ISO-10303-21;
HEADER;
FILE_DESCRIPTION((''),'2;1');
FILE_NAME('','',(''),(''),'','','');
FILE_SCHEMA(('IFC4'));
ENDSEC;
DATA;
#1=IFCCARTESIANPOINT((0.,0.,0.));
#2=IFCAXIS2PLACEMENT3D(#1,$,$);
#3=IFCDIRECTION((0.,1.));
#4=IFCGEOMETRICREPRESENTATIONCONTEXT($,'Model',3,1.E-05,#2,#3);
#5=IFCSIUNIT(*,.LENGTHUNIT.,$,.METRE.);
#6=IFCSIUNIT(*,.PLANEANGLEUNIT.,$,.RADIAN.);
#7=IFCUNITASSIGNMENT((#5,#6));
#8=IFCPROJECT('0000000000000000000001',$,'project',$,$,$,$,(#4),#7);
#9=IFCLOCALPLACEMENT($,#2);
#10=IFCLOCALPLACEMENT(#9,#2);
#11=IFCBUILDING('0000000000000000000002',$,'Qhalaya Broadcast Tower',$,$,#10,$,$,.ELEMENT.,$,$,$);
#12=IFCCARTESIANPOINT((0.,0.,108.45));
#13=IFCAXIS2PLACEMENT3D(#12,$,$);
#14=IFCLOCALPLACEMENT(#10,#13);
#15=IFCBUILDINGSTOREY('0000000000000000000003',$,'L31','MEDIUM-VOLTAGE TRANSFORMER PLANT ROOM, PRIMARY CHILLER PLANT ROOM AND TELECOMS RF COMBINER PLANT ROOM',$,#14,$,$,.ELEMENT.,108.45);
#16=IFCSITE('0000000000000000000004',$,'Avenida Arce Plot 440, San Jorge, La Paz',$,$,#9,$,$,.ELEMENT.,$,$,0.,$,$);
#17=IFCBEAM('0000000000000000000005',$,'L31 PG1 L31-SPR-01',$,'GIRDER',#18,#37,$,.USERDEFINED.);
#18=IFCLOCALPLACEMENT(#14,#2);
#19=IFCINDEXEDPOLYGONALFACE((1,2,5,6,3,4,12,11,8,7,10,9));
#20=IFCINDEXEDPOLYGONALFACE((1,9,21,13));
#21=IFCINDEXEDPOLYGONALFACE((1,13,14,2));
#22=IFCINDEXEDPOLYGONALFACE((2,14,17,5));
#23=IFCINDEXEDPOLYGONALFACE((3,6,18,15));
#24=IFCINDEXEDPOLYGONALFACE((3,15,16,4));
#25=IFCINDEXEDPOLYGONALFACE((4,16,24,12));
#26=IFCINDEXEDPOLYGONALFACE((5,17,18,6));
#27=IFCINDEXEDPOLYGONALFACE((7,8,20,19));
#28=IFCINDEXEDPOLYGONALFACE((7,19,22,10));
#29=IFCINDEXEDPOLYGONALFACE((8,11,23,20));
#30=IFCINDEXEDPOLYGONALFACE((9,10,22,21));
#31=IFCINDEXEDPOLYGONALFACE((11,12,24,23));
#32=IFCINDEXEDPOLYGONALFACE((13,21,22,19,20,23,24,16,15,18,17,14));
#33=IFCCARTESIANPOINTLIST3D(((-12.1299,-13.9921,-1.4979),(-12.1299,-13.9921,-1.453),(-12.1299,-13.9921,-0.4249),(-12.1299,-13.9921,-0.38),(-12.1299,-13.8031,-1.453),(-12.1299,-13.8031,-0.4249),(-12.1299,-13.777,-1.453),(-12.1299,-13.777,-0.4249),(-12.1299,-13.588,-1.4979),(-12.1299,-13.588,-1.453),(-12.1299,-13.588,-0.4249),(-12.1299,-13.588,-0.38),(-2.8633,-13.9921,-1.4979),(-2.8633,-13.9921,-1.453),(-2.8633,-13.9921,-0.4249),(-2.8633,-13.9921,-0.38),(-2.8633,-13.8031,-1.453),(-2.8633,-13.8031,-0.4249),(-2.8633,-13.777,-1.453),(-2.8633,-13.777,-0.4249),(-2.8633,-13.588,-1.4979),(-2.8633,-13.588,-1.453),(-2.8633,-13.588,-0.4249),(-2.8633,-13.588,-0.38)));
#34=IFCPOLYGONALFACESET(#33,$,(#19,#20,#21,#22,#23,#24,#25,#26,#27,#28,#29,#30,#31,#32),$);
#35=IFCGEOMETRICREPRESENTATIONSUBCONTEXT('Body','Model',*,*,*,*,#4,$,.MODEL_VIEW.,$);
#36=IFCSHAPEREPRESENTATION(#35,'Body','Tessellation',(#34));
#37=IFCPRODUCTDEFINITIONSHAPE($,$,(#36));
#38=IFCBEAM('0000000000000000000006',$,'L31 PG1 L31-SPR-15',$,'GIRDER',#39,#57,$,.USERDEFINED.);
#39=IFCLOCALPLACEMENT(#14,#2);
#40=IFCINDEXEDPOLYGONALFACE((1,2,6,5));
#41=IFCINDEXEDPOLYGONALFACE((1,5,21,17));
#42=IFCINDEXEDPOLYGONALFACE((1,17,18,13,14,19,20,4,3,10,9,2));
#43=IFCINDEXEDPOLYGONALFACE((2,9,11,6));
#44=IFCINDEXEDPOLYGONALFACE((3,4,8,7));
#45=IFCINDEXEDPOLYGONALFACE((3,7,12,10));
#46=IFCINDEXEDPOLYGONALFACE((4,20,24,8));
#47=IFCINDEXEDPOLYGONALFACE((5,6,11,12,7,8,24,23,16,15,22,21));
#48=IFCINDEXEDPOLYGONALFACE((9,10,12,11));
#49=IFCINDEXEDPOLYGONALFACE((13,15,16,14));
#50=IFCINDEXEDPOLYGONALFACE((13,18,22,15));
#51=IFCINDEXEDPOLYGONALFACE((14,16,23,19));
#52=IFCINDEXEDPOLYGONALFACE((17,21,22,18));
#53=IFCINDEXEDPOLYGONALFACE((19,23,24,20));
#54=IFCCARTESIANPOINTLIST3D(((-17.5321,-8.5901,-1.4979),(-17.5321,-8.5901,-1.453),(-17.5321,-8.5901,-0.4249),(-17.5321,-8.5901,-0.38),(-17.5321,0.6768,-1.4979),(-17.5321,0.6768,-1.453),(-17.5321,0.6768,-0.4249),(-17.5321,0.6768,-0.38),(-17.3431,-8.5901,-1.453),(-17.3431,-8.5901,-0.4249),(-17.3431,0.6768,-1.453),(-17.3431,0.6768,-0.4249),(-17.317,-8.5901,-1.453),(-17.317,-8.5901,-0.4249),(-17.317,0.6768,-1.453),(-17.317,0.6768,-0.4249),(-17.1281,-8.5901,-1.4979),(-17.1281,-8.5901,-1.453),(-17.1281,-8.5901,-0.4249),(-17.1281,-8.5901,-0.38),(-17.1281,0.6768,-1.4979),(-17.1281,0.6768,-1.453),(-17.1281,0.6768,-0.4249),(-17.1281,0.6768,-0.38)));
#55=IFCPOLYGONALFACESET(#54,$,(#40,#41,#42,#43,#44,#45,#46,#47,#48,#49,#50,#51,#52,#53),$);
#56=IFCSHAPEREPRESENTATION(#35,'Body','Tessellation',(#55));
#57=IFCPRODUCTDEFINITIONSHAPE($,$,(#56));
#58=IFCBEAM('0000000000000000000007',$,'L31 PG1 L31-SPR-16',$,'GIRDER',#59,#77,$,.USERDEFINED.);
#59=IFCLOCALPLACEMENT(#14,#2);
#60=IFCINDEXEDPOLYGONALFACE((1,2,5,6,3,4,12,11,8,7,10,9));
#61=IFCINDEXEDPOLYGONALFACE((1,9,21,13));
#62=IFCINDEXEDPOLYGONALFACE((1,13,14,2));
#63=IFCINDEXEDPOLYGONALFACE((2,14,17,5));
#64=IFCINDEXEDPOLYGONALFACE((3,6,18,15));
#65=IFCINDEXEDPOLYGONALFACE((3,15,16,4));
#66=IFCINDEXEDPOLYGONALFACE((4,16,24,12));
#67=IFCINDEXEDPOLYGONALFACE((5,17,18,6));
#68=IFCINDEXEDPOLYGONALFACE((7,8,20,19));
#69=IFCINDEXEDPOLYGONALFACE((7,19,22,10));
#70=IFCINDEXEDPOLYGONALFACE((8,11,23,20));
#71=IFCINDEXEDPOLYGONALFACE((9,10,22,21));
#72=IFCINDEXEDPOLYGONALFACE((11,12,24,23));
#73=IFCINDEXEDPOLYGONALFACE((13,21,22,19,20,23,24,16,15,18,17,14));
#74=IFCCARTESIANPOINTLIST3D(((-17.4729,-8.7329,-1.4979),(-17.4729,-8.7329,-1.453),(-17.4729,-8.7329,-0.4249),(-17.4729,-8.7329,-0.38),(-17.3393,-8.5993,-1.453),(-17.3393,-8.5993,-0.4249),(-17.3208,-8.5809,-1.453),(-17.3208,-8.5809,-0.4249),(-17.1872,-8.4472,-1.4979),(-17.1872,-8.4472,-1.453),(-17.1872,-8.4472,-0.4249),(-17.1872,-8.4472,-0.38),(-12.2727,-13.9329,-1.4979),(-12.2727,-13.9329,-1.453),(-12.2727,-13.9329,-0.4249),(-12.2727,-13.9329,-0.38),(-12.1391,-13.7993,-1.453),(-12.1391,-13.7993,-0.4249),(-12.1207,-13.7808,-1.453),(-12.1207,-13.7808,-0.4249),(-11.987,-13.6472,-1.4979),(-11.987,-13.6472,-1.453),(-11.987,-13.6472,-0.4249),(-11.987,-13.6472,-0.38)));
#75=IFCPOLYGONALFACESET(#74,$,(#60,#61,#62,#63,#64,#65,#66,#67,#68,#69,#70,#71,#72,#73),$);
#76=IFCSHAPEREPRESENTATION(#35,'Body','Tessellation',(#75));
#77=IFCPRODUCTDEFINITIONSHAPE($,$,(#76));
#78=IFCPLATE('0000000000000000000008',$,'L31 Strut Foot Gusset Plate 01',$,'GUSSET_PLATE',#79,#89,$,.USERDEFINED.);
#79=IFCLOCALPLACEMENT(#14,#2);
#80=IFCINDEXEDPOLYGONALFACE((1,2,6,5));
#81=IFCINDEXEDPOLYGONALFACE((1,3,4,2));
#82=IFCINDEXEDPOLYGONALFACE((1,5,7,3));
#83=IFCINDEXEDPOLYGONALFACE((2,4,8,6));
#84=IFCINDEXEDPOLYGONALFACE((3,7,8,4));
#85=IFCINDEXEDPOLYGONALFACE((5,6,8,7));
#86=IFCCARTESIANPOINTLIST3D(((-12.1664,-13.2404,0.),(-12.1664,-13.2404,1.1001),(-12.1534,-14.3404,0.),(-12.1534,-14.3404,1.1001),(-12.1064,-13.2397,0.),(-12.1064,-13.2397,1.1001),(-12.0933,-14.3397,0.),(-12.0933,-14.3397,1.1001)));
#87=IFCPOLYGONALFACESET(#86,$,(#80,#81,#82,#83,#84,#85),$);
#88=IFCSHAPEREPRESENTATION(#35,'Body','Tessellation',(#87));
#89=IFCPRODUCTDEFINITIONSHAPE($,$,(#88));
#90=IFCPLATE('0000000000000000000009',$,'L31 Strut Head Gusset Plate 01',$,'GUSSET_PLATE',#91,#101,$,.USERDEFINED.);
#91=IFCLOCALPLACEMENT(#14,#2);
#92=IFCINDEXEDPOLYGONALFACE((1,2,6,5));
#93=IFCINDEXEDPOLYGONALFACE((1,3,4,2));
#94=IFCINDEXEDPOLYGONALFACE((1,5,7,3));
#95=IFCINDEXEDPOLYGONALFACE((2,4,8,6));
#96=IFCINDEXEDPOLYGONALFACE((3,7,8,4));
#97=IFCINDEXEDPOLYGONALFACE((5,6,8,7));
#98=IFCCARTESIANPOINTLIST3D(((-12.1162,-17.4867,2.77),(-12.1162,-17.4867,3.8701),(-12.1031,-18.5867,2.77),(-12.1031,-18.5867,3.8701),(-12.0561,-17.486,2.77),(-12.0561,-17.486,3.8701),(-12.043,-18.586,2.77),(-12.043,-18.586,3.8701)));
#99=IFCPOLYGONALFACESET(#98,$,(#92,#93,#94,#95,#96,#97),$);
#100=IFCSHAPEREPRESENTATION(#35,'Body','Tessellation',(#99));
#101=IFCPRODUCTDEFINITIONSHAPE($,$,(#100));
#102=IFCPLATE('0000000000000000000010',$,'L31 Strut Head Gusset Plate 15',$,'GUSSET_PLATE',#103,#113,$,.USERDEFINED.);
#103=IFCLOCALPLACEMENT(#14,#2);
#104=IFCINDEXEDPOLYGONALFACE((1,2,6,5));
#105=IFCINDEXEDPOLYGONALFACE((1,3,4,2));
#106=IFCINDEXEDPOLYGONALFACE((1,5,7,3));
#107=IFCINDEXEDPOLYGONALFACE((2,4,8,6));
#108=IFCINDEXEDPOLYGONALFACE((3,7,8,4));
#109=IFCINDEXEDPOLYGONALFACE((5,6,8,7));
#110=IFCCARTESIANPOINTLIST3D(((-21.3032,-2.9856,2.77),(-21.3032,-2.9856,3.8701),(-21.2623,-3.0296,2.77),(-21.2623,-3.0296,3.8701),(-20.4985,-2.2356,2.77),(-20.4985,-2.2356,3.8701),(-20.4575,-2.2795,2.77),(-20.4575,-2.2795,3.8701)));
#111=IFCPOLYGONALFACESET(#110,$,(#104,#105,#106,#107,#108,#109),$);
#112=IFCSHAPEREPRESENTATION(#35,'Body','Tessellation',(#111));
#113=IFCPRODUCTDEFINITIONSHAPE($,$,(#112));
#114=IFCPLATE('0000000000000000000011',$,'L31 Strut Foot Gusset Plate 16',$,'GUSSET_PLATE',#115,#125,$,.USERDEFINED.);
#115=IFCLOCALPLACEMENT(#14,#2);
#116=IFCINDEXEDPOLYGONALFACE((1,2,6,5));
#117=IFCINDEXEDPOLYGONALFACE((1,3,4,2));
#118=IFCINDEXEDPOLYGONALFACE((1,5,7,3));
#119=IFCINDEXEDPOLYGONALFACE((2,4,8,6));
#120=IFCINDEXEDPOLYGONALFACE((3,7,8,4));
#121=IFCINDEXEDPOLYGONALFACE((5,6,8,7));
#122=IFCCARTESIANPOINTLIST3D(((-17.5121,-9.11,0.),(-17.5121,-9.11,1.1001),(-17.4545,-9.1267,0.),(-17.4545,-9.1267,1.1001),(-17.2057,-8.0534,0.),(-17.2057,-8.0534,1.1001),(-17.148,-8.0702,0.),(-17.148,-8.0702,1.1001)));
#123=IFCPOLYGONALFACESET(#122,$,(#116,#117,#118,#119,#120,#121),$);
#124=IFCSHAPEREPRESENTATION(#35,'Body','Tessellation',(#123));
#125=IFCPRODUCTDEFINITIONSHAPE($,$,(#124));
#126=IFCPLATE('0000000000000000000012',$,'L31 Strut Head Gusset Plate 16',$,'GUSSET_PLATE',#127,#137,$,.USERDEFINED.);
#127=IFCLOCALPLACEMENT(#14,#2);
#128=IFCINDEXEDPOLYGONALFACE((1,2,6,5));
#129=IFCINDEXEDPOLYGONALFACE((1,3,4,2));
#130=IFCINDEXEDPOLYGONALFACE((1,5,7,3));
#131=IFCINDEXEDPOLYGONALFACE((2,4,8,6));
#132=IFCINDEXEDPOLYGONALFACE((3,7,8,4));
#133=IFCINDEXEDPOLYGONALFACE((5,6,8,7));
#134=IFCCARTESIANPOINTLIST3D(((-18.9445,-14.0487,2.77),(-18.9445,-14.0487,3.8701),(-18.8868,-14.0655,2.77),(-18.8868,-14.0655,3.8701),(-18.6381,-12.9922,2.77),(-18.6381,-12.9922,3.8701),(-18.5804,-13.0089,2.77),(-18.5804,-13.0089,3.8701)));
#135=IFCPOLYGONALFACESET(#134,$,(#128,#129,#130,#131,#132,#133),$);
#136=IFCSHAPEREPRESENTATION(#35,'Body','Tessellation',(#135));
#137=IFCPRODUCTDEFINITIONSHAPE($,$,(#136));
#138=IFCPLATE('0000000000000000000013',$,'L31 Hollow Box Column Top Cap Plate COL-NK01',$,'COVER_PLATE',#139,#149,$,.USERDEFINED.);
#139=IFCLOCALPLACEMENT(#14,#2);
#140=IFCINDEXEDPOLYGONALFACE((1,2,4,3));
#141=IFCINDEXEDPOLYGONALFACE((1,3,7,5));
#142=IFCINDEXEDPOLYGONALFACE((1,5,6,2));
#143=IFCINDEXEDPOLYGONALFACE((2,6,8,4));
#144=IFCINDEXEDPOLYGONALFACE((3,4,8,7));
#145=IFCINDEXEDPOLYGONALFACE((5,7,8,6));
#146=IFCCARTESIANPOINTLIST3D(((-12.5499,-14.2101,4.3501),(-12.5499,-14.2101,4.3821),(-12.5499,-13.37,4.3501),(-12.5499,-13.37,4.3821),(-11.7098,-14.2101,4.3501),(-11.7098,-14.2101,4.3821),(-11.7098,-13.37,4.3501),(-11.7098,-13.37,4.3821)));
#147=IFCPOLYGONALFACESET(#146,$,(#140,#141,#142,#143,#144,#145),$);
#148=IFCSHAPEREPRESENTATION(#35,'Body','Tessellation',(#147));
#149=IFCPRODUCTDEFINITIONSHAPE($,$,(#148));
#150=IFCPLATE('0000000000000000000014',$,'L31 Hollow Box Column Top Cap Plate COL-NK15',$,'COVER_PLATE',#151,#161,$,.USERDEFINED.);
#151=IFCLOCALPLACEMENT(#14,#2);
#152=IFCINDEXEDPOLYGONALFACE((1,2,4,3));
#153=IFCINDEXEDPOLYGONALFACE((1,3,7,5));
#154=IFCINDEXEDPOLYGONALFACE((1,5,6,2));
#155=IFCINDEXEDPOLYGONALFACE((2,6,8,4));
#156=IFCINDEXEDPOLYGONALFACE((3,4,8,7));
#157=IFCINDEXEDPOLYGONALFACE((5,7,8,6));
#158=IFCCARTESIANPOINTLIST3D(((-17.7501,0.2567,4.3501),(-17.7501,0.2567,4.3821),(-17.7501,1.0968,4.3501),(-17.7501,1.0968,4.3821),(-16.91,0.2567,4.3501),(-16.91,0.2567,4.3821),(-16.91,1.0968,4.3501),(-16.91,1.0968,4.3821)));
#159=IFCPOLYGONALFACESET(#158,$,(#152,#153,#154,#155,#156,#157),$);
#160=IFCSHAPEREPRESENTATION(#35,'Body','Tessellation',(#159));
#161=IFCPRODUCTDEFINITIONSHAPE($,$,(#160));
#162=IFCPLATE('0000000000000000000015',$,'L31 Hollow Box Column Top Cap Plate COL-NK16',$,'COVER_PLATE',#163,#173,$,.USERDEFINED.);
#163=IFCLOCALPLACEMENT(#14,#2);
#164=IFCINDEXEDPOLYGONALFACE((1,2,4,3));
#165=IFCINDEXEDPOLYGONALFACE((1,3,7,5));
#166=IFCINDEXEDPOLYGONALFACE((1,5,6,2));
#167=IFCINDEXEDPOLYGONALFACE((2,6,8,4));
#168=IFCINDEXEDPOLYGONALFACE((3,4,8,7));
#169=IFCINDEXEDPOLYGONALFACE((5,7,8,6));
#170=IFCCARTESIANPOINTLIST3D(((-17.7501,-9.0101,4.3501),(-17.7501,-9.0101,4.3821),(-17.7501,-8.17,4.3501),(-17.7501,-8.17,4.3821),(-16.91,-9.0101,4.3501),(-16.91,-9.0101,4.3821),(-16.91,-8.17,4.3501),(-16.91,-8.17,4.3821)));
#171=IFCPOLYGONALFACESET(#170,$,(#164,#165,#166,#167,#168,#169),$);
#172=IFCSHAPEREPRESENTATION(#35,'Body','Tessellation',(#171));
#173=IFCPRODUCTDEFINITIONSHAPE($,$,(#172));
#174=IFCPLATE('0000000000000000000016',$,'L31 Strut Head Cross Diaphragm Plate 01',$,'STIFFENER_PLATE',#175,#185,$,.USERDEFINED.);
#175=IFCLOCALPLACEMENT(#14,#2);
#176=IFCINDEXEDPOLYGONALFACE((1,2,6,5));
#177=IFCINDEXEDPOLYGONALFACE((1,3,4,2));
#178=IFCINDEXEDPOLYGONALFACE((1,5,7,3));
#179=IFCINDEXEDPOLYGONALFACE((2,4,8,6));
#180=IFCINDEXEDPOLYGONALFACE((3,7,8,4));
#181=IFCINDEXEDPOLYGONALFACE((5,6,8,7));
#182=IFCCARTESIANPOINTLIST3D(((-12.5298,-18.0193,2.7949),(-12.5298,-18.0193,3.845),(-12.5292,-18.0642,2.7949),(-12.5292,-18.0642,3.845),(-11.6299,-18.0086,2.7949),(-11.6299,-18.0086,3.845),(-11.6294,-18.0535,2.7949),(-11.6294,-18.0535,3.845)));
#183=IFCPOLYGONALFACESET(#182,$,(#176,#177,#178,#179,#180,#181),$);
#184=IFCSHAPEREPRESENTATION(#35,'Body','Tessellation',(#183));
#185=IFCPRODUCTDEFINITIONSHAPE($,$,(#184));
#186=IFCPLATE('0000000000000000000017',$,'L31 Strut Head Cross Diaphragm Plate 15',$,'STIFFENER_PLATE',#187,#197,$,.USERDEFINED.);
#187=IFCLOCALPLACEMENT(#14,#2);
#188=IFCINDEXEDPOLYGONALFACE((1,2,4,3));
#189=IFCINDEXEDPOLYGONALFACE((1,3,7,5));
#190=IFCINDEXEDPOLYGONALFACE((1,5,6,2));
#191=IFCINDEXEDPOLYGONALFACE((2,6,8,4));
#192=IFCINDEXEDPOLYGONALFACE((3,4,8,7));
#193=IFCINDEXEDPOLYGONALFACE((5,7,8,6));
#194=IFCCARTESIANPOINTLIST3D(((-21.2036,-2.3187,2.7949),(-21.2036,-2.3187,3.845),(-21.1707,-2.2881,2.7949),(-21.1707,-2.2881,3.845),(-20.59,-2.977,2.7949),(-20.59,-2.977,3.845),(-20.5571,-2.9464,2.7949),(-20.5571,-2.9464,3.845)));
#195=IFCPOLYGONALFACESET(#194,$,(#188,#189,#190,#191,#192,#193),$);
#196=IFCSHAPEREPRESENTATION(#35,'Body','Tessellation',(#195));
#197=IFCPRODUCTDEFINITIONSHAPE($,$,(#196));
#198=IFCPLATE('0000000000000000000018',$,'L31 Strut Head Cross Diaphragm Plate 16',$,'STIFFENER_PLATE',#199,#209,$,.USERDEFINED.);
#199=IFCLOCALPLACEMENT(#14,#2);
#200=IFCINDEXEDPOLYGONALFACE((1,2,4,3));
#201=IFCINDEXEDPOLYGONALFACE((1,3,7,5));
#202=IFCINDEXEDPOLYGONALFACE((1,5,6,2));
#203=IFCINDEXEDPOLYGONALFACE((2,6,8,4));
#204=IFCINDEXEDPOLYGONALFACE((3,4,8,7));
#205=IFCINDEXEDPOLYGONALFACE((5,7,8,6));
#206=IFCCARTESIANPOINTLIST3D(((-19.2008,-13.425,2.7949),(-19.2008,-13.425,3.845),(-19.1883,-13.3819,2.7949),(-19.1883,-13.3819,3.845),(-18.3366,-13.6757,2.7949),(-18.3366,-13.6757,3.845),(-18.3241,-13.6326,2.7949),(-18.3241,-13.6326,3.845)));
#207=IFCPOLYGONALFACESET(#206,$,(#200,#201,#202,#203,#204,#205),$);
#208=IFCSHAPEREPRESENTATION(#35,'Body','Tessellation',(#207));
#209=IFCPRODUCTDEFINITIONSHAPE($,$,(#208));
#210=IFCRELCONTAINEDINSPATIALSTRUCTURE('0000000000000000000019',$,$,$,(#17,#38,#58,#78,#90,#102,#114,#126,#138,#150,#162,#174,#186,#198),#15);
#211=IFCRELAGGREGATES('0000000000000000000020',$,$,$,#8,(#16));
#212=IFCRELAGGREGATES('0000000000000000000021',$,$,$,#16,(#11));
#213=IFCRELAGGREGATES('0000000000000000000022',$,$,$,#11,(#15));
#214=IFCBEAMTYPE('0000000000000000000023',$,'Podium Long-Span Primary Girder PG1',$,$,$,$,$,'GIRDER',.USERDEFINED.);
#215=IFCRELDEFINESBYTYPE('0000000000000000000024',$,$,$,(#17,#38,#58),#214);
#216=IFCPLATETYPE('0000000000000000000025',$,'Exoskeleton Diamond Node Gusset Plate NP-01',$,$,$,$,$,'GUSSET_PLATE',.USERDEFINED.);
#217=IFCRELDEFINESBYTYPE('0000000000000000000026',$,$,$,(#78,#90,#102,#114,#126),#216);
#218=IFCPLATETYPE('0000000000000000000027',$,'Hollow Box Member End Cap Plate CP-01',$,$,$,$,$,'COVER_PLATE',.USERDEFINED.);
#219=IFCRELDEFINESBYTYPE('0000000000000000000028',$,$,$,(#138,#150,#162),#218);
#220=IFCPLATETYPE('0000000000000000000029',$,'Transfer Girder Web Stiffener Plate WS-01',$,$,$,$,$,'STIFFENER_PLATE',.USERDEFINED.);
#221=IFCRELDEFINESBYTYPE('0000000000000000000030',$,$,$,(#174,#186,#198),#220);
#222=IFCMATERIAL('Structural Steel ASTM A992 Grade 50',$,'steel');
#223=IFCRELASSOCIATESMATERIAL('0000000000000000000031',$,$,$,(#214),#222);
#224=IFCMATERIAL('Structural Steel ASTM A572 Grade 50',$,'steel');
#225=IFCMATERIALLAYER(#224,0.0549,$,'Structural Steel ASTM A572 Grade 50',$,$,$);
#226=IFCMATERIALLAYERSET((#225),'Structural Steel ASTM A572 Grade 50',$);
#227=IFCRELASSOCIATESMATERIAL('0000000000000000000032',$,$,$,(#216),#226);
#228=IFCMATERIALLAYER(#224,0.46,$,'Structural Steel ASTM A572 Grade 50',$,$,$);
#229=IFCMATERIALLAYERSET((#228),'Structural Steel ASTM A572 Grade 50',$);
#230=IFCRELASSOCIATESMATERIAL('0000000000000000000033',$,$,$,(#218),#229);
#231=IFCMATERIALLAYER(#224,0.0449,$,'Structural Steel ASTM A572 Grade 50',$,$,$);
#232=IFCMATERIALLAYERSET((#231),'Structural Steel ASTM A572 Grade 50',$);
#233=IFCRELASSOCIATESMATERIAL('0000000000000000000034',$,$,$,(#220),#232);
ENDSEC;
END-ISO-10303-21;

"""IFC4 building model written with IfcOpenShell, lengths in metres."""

from ifc_helpers import new_model, si_unit, direction, frame, origin, origin_2d, place, context, subcontext, project, spatial, rectangle, i_section, extrude, material, layer, layer_set, material_profile, profile_set, type_object, element, save


model = new_model("IFC4")

# Units and contexts
model_context = context("Model", 3, precision=1e-05, world=origin(), true_north=direction((0.0, 1.0)))
body_context = subcontext(model_context, "Body", "Model", "MODEL_VIEW")
ifc_project = project(units=[si_unit("LENGTHUNIT", "METRE"), si_unit("PLANEANGLEUNIT", "RADIAN")], contexts=[model_context])

# Site, building, storey
site_placement = place(None, origin())
site = spatial("IfcSite", under=ifc_project, at=site_placement, Name="Avenida Arce Plot 440, San Jorge, La Paz", CompositionType="ELEMENT", RefElevation=0.0)
building_placement = place(site_placement, origin())
building = spatial("IfcBuilding", under=site, at=building_placement, Name="Qhalaya Broadcast Tower", CompositionType="ELEMENT")
storey_placement = place(building_placement, frame((0.0, 0.0, 108.45)))
storey = spatial("IfcBuildingStorey", under=building, at=storey_placement, Name="L31", Description="MEDIUM-VOLTAGE TRANSFORMER PLANT ROOM, PRIMARY CHILLER PLANT ROOM AND TELECOMS RF COMBINER PLANT ROOM", CompositionType="ELEMENT", Elevation=108.45)

# Shared definitions
ifc_material_1 = material(Name="Structural Steel ASTM A572 Grade 50", Category="steel")

# Beams
ifc_material_2 = material(Name="Structural Steel ASTM A992 Grade 50", Category="steel")
ifc_material_profile_1 = material_profile(ifc_material_2, i_section(OverallWidth=0.4041, OverallDepth=1.1179, WebThickness=0.0261, FlangeThickness=0.0449, at=origin_2d()), Name="W44X335")
ifc_profile_set_1 = profile_set([ifc_material_profile_1], Name="Structural Steel ASTM A992 Grade 50")
beam_type_1 = type_object("IfcBeamType", Name="Podium Long-Span Primary Girder PG1", ElementType="GIRDER", PredefinedType="USERDEFINED", material=ifc_profile_set_1)
beam_1_placement = place(storey_placement, frame((-12.1299, -13.79, -0.939), z_axis=(1.0, 0.0, 0.0), x_axis=(0.0, 1.0, 0.0)))
element("IfcBeam", 1, at=beam_1_placement, inside=storey, type_object=beam_type_1, Name="L31 PG1 L31-SPR-01", ObjectType="GIRDER", PredefinedType="USERDEFINED", context=body_context, shape_type="SweptSolid", body=[
    extrude(i_section(OverallWidth=0.4041, OverallDepth=1.1179, WebThickness=0.0261, FlangeThickness=0.0449, at=origin_2d()), origin(), (0.0, 0.0, 1.0), 9.2666),
])
beam_2_placement = place(storey_placement, frame((-17.3301, 0.6768, -0.939), z_axis=(0.0, -1.0, 0.0), x_axis=(1.0, 0.0, 0.0)))
element("IfcBeam", 2, at=beam_2_placement, inside=storey, type_object=beam_type_1, Name="L31 PG1 L31-SPR-15", ObjectType="GIRDER", PredefinedType="USERDEFINED", context=body_context, shape_type="SweptSolid", body=[
    extrude(i_section(OverallWidth=0.4041, OverallDepth=1.1179, WebThickness=0.0261, FlangeThickness=0.0449, at=origin_2d()), origin(), (0.0, 0.0, 1.0), 9.2668),
])
beam_3_placement = place(storey_placement, frame((-17.3301, -8.5901, -0.939), z_axis=(0.707123, -0.70709, 0.0), x_axis=(0.70709, 0.707123, 0.0)))
element("IfcBeam", 3, at=beam_3_placement, inside=storey, type_object=beam_type_1, Name="L31 PG1 L31-SPR-16", ObjectType="GIRDER", PredefinedType="USERDEFINED", context=body_context, shape_type="SweptSolid", body=[
    extrude(i_section(OverallWidth=0.4041, OverallDepth=1.1179, WebThickness=0.0261, FlangeThickness=0.0449, at=origin_2d()), origin(), (0.0, 0.0, 1.0), 7.354),
])

# Plates
ifc_layer_1 = layer(ifc_material_1, 0.0549, Name="Structural Steel ASTM A572 Grade 50")
ifc_layer_set_1 = layer_set([ifc_layer_1], Name="Structural Steel ASTM A572 Grade 50")
plate_type_1 = type_object("IfcPlateType", Name="Exoskeleton Diamond Node Gusset Plate NP-01", ElementType="GUSSET_PLATE", PredefinedType="USERDEFINED", material=ifc_layer_set_1)
for number, where, z_axis, x_axis, name in (
    (4, (-12.1299, -13.79, 0.0), (0.0, 0.0, 1.0), (0.011885, -0.999929, 0.0), "L31 Strut Foot Gusset Plate 01"),
    (5, (-12.0796, -18.0364, 2.77), (0.0, 0.0, 1.0), (0.011885, -0.999929, 0.0), "L31 Strut Head Gusset Plate 01"),
    (6, (-20.8804, -2.6326, 2.77), (0.0, 0.0, 1.0), (-0.731508, -0.681832, 0.0), "L31 Strut Head Gusset Plate 15"),
    (7, (-17.3301, -8.5901, 0.0), (0.0, 0.0, 1.0), (-0.278555, -0.96042, 0.0), "L31 Strut Foot Gusset Plate 16"),
    (8, (-18.7625, -13.5288, 2.77), (0.0, 0.0, 1.0), (-0.278555, -0.96042, 0.0), "L31 Strut Head Gusset Plate 16"),
):
    element("IfcPlate", number, at=place(storey_placement, frame(where, z_axis=z_axis, x_axis=x_axis)), inside=storey, type_object=plate_type_1, Name=name, ObjectType="GUSSET_PLATE", PredefinedType="USERDEFINED", context=body_context, shape_type="SweptSolid", body=[
        extrude(rectangle(XDim=1.1001, YDim=0.0601, at=origin_2d()), origin(), (0.0, 0.0, 1.0), 1.1001),
    ])
ifc_layer_2 = layer(ifc_material_1, 0.46, Name="Structural Steel ASTM A572 Grade 50")
ifc_layer_set_2 = layer_set([ifc_layer_2], Name="Structural Steel ASTM A572 Grade 50")
plate_type_2 = type_object("IfcPlateType", Name="Hollow Box Member End Cap Plate CP-01", ElementType="COVER_PLATE", PredefinedType="USERDEFINED", material=ifc_layer_set_2)
for number, where, z_axis, x_axis, name in (
    (9, (-12.1299, -13.79, 4.3501), (0.0, 0.0, 1.0), (1.0, 0.0, 0.0), "L31 Hollow Box Column Top Cap Plate COL-NK01"),
    (10, (-17.3301, 0.6768, 4.3501), (0.0, 0.0, 1.0), (0.0, 1.0, 0.0), "L31 Hollow Box Column Top Cap Plate COL-NK15"),
    (11, (-17.3301, -8.5901, 4.3501), (0.0, 0.0, 1.0), (0.0, 1.0, 0.0), "L31 Hollow Box Column Top Cap Plate COL-NK16"),
):
    element("IfcPlate", number, at=place(storey_placement, frame(where, z_axis=z_axis, x_axis=x_axis)), inside=storey, type_object=plate_type_2, Name=name, ObjectType="COVER_PLATE", PredefinedType="USERDEFINED", context=body_context, shape_type="SweptSolid", body=[
        extrude(rectangle(XDim=0.8401, YDim=0.8401, at=origin_2d()), origin(), (0.0, 0.0, 1.0), 0.032),
    ])
ifc_layer_3 = layer(ifc_material_1, 0.0449, Name="Structural Steel ASTM A572 Grade 50")
ifc_layer_set_3 = layer_set([ifc_layer_3], Name="Structural Steel ASTM A572 Grade 50")
plate_type_3 = type_object("IfcPlateType", Name="Transfer Girder Web Stiffener Plate WS-01", ElementType="STIFFENER_PLATE", PredefinedType="USERDEFINED", material=ifc_layer_set_3)
for number, where, z_axis, x_axis, name in (
    (12, (-12.0796, -18.0364, 2.7949), (0.0, 0.0, 1.0), (0.999929, 0.011885, 0.0), "L31 Strut Head Cross Diaphragm Plate 01"),
    (13, (-20.8804, -2.6326, 2.7949), (0.0, 0.0, 1.0), (0.681832, -0.731508, 0.0), "L31 Strut Head Cross Diaphragm Plate 15"),
    (14, (-18.7625, -13.5288, 2.7949), (0.0, 0.0, 1.0), (0.96042, -0.278555, 0.0), "L31 Strut Head Cross Diaphragm Plate 16"),
):
    element("IfcPlate", number, at=place(storey_placement, frame(where, z_axis=z_axis, x_axis=x_axis)), inside=storey, type_object=plate_type_3, Name=name, ObjectType="STIFFENER_PLATE", PredefinedType="USERDEFINED", context=body_context, shape_type="SweptSolid", body=[
        extrude(rectangle(XDim=0.8999, YDim=0.0449, at=origin_2d()), origin(), (0.0, 0.0, 1.0), 1.05),
    ])

save(model, "model.ifc")
